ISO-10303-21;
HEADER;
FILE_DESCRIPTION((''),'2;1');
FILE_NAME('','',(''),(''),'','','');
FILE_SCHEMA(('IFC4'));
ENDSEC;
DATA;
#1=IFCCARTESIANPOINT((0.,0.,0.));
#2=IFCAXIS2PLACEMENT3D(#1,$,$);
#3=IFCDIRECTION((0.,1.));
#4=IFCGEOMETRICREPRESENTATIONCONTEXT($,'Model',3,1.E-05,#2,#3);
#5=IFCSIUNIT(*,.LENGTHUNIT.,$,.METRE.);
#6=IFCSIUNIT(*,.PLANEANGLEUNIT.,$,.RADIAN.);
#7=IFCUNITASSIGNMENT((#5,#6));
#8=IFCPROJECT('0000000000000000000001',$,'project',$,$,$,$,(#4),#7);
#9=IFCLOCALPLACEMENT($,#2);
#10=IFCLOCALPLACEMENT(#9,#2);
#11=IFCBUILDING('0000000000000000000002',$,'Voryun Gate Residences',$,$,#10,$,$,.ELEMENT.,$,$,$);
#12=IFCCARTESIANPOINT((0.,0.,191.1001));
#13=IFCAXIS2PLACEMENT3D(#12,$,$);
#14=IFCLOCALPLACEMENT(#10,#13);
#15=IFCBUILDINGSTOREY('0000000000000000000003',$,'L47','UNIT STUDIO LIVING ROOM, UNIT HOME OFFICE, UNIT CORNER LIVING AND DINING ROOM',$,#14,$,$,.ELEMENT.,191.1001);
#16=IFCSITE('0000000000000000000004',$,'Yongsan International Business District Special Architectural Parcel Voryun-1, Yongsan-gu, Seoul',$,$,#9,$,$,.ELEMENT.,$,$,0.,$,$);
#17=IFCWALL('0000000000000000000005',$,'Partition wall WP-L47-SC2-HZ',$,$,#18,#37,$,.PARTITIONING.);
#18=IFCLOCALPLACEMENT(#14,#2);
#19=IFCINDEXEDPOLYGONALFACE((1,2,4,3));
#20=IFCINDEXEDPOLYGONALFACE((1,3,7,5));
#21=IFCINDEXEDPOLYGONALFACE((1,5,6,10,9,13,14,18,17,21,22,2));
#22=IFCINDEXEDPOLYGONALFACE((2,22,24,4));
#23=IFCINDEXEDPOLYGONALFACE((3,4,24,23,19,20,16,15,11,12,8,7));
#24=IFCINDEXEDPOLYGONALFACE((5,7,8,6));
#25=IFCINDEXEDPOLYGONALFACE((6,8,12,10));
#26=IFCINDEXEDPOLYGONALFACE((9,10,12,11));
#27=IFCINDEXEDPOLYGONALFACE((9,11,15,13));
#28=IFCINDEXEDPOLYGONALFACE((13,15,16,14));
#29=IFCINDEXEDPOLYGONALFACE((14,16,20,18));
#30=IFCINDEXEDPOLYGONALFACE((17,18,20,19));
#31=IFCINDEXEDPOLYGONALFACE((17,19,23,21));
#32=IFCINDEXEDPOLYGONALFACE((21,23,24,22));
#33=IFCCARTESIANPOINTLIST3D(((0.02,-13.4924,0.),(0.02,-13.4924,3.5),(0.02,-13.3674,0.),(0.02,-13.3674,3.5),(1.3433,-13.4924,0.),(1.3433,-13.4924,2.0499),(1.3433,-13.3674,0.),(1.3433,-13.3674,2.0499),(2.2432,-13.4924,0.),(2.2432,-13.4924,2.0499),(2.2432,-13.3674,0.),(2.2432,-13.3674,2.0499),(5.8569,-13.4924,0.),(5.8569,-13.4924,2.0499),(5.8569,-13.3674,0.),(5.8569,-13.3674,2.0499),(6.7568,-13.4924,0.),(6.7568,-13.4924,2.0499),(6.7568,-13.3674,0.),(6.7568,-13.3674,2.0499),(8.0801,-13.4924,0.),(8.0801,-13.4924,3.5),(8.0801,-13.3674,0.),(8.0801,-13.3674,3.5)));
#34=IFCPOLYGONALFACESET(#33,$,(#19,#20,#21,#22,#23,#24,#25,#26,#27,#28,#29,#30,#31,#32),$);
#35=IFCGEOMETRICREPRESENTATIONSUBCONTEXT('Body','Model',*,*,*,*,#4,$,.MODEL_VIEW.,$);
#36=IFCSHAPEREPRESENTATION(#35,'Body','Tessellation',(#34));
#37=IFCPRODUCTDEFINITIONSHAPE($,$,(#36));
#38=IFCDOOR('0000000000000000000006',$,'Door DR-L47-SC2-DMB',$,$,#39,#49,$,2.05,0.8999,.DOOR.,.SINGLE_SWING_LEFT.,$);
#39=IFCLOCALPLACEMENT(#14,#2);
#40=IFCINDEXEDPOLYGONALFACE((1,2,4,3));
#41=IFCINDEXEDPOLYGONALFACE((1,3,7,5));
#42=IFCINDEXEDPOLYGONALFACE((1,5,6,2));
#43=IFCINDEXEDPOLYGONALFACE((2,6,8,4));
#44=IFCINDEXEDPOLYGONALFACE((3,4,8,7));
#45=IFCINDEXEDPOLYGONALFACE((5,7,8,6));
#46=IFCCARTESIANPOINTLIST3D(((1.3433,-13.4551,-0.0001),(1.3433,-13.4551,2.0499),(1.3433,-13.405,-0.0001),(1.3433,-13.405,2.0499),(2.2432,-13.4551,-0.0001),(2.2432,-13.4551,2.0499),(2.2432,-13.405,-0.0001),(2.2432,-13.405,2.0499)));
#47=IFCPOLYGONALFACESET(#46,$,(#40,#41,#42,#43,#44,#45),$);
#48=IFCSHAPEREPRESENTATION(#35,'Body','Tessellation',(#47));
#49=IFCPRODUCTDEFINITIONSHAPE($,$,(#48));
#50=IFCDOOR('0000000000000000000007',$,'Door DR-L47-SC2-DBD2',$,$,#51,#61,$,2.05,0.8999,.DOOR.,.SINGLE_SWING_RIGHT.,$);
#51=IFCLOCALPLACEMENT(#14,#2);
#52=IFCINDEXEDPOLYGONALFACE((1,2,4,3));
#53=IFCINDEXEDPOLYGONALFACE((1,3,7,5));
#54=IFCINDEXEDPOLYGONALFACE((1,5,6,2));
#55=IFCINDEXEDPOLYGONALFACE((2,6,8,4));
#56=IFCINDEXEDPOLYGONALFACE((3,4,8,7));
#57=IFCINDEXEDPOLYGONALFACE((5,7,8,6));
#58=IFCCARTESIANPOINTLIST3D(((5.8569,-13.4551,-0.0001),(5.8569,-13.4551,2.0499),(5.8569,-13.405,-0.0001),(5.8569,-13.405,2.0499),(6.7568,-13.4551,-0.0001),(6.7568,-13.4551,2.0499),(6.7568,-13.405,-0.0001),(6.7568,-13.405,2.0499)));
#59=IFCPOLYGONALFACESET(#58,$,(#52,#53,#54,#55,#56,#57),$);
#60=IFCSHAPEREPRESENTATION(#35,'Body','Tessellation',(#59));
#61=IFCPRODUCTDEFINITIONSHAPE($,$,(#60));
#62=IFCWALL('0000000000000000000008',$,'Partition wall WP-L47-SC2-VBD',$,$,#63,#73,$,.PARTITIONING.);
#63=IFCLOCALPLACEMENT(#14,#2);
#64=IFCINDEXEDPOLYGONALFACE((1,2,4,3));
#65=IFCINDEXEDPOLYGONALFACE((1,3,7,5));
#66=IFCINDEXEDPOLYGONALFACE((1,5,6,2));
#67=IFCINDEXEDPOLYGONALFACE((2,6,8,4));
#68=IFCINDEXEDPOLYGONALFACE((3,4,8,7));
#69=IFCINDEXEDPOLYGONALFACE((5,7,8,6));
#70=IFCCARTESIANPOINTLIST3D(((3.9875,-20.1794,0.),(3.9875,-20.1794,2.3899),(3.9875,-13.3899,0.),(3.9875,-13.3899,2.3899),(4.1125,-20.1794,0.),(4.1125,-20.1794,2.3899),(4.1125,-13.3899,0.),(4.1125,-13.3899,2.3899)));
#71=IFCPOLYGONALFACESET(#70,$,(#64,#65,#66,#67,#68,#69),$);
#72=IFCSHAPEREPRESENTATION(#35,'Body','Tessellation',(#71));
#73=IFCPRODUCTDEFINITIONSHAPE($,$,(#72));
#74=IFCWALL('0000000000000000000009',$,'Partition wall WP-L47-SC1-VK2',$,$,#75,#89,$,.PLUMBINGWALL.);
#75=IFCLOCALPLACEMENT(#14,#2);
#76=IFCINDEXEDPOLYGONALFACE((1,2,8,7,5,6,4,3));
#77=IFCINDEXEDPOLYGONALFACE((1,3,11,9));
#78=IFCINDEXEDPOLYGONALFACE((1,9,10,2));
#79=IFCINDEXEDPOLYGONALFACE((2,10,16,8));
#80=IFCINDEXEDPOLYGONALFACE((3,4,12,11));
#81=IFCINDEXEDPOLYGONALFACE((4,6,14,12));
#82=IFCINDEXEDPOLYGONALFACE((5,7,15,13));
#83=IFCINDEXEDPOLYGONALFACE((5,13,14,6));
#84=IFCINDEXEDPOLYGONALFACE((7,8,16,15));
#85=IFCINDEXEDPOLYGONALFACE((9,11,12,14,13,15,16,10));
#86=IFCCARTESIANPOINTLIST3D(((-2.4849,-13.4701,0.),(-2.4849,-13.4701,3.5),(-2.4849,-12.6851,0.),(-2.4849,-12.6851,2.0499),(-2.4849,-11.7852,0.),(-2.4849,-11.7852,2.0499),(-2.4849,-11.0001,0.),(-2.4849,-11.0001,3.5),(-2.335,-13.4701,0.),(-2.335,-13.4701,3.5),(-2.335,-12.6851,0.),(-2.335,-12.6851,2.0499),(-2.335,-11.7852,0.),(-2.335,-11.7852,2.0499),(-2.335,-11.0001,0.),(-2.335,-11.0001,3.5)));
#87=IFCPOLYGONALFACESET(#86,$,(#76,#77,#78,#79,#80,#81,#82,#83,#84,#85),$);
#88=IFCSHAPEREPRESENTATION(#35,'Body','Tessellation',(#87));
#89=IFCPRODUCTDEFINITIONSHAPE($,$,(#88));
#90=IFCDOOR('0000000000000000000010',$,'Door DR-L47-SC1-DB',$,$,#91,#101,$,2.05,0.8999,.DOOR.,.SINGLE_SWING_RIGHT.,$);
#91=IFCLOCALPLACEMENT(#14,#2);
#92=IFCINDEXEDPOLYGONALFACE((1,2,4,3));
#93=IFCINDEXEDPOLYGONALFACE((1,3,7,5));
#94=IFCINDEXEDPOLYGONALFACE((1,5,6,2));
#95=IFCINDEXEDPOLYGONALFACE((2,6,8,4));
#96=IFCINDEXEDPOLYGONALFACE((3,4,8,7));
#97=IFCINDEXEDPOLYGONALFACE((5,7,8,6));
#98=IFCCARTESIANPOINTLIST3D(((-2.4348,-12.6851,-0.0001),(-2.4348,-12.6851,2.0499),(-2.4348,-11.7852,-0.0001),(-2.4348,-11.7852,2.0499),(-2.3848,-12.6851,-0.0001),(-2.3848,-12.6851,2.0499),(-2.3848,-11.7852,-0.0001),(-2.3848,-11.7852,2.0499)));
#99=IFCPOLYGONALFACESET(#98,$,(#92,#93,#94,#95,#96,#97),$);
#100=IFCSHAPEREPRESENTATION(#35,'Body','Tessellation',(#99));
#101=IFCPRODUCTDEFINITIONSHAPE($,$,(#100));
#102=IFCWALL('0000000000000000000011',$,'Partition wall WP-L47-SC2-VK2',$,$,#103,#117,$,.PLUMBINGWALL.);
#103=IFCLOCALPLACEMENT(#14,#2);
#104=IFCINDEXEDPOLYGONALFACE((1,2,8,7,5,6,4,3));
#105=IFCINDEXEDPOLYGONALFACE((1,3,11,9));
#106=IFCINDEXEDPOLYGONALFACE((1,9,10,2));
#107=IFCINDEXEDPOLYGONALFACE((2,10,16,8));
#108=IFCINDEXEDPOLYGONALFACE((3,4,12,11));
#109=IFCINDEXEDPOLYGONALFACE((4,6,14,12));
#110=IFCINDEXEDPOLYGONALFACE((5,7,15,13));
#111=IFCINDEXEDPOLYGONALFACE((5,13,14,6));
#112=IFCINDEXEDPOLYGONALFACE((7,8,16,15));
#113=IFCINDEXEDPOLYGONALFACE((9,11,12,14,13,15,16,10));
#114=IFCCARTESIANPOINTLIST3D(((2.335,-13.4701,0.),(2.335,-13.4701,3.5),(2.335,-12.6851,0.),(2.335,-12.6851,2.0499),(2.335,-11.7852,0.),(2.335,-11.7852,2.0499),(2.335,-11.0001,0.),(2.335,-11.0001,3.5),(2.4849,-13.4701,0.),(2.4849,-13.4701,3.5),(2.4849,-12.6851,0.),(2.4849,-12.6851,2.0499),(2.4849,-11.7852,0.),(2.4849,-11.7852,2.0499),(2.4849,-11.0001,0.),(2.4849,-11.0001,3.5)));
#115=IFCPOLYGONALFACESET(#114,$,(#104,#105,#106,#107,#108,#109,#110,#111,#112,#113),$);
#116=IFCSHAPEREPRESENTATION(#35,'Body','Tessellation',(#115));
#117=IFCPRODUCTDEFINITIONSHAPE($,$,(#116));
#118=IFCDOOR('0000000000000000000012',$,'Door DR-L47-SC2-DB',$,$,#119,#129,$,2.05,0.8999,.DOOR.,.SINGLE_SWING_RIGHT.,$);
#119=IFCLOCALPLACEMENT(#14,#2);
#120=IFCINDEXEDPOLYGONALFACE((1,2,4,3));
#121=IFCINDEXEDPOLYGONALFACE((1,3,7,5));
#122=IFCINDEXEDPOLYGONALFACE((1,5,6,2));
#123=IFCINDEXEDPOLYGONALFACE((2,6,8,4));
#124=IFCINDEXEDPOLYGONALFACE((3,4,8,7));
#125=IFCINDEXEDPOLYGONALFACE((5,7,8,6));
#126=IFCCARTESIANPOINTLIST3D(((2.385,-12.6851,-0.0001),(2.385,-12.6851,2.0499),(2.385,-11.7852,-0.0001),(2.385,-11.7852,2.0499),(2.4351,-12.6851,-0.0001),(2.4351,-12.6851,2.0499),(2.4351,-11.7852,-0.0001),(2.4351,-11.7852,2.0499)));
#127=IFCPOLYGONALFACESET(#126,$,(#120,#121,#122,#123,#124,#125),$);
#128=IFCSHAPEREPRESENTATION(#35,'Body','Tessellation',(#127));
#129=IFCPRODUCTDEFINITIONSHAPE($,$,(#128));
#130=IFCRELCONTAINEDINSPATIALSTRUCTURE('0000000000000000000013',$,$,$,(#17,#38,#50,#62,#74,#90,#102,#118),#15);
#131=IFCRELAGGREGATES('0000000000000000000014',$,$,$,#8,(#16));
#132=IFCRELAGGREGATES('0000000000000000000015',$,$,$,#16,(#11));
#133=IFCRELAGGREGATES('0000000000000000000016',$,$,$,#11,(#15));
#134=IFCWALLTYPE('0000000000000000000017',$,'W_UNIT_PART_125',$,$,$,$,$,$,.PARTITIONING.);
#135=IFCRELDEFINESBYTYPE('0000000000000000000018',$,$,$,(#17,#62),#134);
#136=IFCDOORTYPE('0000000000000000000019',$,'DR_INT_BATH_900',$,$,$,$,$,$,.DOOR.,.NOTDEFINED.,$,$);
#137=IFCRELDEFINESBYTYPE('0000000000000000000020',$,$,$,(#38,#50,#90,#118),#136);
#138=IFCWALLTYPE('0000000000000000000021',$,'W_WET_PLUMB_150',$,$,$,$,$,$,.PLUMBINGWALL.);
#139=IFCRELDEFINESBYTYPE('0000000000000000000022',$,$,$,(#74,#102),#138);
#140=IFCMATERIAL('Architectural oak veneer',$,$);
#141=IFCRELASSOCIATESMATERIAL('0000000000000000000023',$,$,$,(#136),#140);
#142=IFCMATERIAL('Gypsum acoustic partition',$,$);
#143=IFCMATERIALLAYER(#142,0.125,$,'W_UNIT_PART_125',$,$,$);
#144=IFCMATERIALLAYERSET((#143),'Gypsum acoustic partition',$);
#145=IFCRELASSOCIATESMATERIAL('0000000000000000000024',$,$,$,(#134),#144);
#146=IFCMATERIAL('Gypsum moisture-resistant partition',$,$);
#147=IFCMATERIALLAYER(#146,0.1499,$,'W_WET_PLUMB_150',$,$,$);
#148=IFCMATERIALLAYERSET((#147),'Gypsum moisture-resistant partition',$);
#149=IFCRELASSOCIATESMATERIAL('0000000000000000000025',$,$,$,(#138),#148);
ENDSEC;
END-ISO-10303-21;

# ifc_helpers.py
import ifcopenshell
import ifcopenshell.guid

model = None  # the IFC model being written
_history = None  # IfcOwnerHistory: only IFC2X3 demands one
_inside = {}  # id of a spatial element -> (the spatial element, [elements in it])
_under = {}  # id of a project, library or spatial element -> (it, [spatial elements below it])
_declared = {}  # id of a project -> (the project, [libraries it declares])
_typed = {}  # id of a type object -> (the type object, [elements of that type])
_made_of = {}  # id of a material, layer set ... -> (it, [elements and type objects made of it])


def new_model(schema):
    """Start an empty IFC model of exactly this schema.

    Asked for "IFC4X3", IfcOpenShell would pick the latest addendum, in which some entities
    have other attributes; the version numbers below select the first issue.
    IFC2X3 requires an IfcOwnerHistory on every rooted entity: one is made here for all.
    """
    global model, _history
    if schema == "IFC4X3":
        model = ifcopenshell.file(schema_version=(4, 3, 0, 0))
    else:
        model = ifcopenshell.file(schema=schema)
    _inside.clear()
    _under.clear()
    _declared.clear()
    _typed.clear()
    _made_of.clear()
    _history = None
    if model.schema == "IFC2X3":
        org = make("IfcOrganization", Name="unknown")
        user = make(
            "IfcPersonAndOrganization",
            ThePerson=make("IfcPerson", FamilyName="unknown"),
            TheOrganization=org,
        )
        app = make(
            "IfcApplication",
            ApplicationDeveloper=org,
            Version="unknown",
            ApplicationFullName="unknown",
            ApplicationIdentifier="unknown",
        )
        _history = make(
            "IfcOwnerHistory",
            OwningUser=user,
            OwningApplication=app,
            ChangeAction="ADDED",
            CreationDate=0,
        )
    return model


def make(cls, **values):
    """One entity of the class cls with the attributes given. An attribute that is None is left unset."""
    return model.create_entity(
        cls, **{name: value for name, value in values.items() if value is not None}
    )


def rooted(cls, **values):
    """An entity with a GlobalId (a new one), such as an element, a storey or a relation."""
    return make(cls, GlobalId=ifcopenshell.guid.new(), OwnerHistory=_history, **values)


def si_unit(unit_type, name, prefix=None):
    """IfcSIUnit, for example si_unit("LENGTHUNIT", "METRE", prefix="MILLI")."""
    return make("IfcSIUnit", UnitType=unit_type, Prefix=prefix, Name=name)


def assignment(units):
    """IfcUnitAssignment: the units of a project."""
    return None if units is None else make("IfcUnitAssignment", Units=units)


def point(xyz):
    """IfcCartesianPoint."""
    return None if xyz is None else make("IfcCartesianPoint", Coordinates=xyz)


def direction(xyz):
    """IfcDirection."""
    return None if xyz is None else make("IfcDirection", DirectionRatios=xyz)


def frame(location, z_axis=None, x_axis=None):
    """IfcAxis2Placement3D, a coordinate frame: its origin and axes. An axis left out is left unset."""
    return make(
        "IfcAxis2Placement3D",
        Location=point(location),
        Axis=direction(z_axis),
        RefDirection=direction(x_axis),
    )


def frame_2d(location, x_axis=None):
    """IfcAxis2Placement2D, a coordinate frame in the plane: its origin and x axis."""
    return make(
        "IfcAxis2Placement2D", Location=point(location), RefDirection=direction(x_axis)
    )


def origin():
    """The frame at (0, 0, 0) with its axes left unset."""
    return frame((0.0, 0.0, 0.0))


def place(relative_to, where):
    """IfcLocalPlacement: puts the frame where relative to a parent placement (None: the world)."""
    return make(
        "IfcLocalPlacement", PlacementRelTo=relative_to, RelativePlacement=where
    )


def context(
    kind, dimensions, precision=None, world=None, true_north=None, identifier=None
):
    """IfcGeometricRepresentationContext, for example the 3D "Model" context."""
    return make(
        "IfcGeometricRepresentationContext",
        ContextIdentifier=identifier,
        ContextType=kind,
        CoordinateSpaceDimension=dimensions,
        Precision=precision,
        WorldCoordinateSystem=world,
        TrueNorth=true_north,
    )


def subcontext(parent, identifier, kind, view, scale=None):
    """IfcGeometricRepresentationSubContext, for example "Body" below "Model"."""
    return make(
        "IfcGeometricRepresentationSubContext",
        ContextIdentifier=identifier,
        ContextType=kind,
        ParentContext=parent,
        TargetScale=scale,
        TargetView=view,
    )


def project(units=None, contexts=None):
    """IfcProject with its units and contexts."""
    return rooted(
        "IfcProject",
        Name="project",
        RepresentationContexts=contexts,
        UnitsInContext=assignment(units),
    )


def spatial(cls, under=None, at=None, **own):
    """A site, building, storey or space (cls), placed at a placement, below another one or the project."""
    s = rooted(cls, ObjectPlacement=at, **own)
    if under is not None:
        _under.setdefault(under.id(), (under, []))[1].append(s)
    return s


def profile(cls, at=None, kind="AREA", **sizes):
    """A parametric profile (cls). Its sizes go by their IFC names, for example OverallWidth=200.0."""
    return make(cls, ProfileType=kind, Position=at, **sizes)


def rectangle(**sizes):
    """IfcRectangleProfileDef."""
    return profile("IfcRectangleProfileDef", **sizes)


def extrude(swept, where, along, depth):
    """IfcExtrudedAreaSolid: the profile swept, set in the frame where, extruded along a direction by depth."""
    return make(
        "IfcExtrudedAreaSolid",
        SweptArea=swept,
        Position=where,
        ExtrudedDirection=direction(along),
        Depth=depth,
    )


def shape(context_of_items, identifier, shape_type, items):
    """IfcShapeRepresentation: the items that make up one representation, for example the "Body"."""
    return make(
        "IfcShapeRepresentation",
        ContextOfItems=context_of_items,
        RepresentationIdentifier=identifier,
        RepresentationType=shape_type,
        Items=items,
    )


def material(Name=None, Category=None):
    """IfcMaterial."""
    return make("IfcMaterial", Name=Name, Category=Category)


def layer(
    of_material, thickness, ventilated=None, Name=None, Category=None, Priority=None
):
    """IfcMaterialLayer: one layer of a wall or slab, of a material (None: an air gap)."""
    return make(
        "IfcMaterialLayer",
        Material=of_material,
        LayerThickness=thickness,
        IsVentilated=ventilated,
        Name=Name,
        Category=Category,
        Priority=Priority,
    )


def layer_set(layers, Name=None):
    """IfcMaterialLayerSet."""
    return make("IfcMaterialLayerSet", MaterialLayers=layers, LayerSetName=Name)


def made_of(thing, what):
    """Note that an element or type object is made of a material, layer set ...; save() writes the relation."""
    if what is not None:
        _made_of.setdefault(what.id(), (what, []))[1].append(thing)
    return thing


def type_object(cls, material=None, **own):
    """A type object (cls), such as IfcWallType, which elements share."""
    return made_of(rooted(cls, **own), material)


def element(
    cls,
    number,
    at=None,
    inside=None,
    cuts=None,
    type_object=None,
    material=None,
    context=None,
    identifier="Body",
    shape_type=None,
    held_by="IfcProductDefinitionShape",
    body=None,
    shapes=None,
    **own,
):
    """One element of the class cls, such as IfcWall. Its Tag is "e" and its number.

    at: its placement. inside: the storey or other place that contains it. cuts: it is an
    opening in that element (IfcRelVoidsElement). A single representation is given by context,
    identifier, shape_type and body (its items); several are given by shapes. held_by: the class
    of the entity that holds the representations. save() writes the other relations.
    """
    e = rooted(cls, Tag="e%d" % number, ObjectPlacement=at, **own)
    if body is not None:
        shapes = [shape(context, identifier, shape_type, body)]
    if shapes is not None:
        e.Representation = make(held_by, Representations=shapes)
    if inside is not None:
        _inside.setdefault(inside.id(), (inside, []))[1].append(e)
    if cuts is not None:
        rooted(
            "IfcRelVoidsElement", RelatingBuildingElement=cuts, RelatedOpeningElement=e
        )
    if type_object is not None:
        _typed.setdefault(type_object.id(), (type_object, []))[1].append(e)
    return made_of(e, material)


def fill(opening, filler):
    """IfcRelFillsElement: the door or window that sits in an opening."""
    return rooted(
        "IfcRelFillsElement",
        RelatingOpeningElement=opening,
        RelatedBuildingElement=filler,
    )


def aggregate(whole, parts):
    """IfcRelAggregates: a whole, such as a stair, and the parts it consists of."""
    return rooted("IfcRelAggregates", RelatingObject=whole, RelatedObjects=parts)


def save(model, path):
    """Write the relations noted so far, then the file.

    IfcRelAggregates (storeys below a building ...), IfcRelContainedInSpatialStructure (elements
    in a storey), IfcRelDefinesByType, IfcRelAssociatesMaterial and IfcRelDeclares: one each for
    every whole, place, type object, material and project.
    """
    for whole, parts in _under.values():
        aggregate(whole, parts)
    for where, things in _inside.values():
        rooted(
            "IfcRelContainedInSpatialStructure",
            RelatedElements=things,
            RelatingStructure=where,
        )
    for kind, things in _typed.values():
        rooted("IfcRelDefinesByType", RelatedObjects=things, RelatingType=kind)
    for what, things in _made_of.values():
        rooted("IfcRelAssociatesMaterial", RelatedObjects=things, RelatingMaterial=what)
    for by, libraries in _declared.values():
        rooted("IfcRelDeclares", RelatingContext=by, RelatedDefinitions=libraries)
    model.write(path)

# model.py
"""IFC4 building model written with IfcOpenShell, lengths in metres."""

from ifc_helpers import new_model, si_unit, direction, frame, frame_2d, origin, place, context, subcontext, project, spatial, rectangle, extrude, material, layer, layer_set, type_object, element, fill, save


model = new_model("IFC4")

# Units and contexts
model_context = context("Model", 3, precision=1e-05, world=origin(), true_north=direction((0.0, 1.0)))
body_context = subcontext(model_context, "Body", "Model", "MODEL_VIEW")
ifc_project = project(units=[si_unit("LENGTHUNIT", "METRE"), si_unit("PLANEANGLEUNIT", "RADIAN")], contexts=[model_context])

# Site, building, storey
site_placement = place(None, origin())
site = spatial("IfcSite", under=ifc_project, at=site_placement, Name="Yongsan International Business District Special Architectural Parcel Voryun-1, Yongsan-gu, Seoul", CompositionType="ELEMENT", RefElevation=0.0)
building_placement = place(site_placement, origin())
building = spatial("IfcBuilding", under=site, at=building_placement, Name="Voryun Gate Residences", CompositionType="ELEMENT")
storey_placement = place(building_placement, frame((0.0, 0.0, 191.1001)))
storey = spatial("IfcBuildingStorey", under=building, at=storey_placement, Name="L47", Description="UNIT STUDIO LIVING ROOM, UNIT HOME OFFICE, UNIT CORNER LIVING AND DINING ROOM", CompositionType="ELEMENT", Elevation=191.1001)

# Shared definitions
ifc_material_1 = material(Name="Architectural oak veneer")
door_type = type_object("IfcDoorType", Name="DR_INT_BATH_900", OperationType="NOTDEFINED", PredefinedType="DOOR", material=ifc_material_1)

# Shared definitions
ifc_material_2 = material(Name="Gypsum acoustic partition")
ifc_layer_1 = layer(ifc_material_2, 0.125, Name="W_UNIT_PART_125")
ifc_layer_set_1 = layer_set([ifc_layer_1], Name="Gypsum acoustic partition")
wall_type_1 = type_object("IfcWallType", Name="W_UNIT_PART_125", PredefinedType="PARTITIONING", material=ifc_layer_set_1)

# Wall, openings, doors
wall_1_placement = place(storey_placement, frame((0.02, -13.4299, 0.0), z_axis=(0.0, 0.0, 1.0), x_axis=(1.0, 0.0, 0.0)))
wall_1 = element("IfcWall", 1, at=wall_1_placement, inside=storey, type_object=wall_type_1, Name="Partition wall WP-L47-SC2-HZ", PredefinedType="PARTITIONING", context=body_context, shape_type="SweptSolid", body=[
    extrude(rectangle(XDim=8.0601, YDim=0.125, at=frame_2d((4.03, 0.0))), origin(), (0.0, 0.0, 1.0), 3.5),
])
opening_1_placement = place(wall_1_placement, frame((1.3232, 0.0, 0.0)))
opening_1 = element("IfcOpeningElement", 2, at=opening_1_placement, cuts=wall_1, PredefinedType="OPENING", context=body_context, shape_type="SweptSolid", body=[
    extrude(rectangle(XDim=0.8999, YDim=2.05, at=frame_2d((0.45, 1.0249))), frame((0.0, 0.0725, 0.0), z_axis=(0.0, -1.0, 0.0), x_axis=(1.0, 0.0, 0.0)), (0.0, 0.0, 1.0), 0.145),
])
opening_2_placement = place(wall_1_placement, frame((5.8369, 0.0, 0.0)))
opening_2 = element("IfcOpeningElement", 3, at=opening_2_placement, cuts=wall_1, PredefinedType="OPENING", context=body_context, shape_type="SweptSolid", body=[
    extrude(rectangle(XDim=0.8999, YDim=2.05, at=frame_2d((0.45, 1.0249))), frame((0.0, 0.0725, 0.0), z_axis=(0.0, -1.0, 0.0), x_axis=(1.0, 0.0, 0.0)), (0.0, 0.0, 1.0), 0.145),
])
door_1_placement = place(opening_1_placement, origin())
door_1 = element("IfcDoor", 4, at=door_1_placement, inside=storey, type_object=door_type, Name="Door DR-L47-SC2-DMB", OperationType="SINGLE_SWING_LEFT", OverallHeight=2.05, OverallWidth=0.8999, PredefinedType="DOOR", context=body_context, shape_type="SweptSolid", body=[
    extrude(rectangle(XDim=0.8999, YDim=2.05, at=frame_2d((0.45, 1.0249))), frame((0.0, 0.0249, 0.0), z_axis=(0.0, -1.0, 0.0), x_axis=(1.0, 0.0, 0.0)), (0.0, 0.0, 1.0), 0.05),
])
fill(opening_1, door_1)
door_2_placement = place(opening_2_placement, origin())
door_2 = element("IfcDoor", 5, at=door_2_placement, inside=storey, type_object=door_type, Name="Door DR-L47-SC2-DBD2", OperationType="SINGLE_SWING_RIGHT", OverallHeight=2.05, OverallWidth=0.8999, PredefinedType="DOOR", context=body_context, shape_type="SweptSolid", body=[
    extrude(rectangle(XDim=0.8999, YDim=2.05, at=frame_2d((0.45, 1.0249))), frame((0.0, 0.0249, 0.0), z_axis=(0.0, -1.0, 0.0), x_axis=(1.0, 0.0, 0.0)), (0.0, 0.0, 1.0), 0.05),
])
fill(opening_2, door_2)

# Wall
wall_2_placement = place(storey_placement, frame((4.05, -20.1794, 0.0), z_axis=(0.0, 0.0, 1.0), x_axis=(0.0, 1.0, 0.0)))
element("IfcWall", 6, at=wall_2_placement, inside=storey, type_object=wall_type_1, Name="Partition wall WP-L47-SC2-VBD", PredefinedType="PARTITIONING", context=body_context, shape_type="SweptSolid", body=[
    extrude(rectangle(XDim=6.7896, YDim=0.125, at=frame_2d((3.3948, 0.0))), origin(), (0.0, 0.0, 1.0), 2.3899),
])

# Walls, openings, doors
ifc_material_3 = material(Name="Gypsum moisture-resistant partition")
ifc_layer_2 = layer(ifc_material_3, 0.1499, Name="W_WET_PLUMB_150")
ifc_layer_set_2 = layer_set([ifc_layer_2], Name="Gypsum moisture-resistant partition")
wall_type_2 = type_object("IfcWallType", Name="W_WET_PLUMB_150", PredefinedType="PLUMBINGWALL", material=ifc_layer_set_2)
wall_3_placement = place(storey_placement, frame((-2.4099, -13.47, 0.0), z_axis=(0.0, 0.0, 1.0), x_axis=(0.0, 1.0, 0.0)))
wall_3 = element("IfcWall", 7, at=wall_3_placement, inside=storey, type_object=wall_type_2, Name="Partition wall WP-L47-SC1-VK2", PredefinedType="PLUMBINGWALL", context=body_context, shape_type="SweptSolid", body=[
    extrude(rectangle(XDim=2.47, YDim=0.1499, at=frame_2d((1.2349, 0.0))), origin(), (0.0, 0.0, 1.0), 3.5),
])
opening_3_placement = place(wall_3_placement, frame((0.7849, 0.0, 0.0)))
opening_3 = element("IfcOpeningElement", 8, at=opening_3_placement, cuts=wall_3, PredefinedType="OPENING", context=body_context, shape_type="SweptSolid", body=[
    extrude(rectangle(XDim=0.8999, YDim=2.05, at=frame_2d((0.45, 1.0249))), frame((0.0, 0.085, 0.0), z_axis=(0.0, -1.0, 0.0), x_axis=(1.0, 0.0, 0.0)), (0.0, 0.0, 1.0), 0.1699),
])
door_3_placement = place(opening_3_placement, origin())
door_3 = element("IfcDoor", 9, at=door_3_placement, inside=storey, type_object=door_type, Name="Door DR-L47-SC1-DB", OperationType="SINGLE_SWING_RIGHT", OverallHeight=2.05, OverallWidth=0.8999, PredefinedType="DOOR", context=body_context, shape_type="SweptSolid", body=[
    extrude(rectangle(XDim=0.8999, YDim=2.05, at=frame_2d((0.45, 1.0249))), frame((0.0, 0.0249, 0.0), z_axis=(0.0, -1.0, 0.0), x_axis=(1.0, 0.0, 0.0)), (0.0, 0.0, 1.0), 0.05),
])
fill(opening_3, door_3)
wall_4_placement = place(storey_placement, frame((2.4099, -13.47, 0.0), z_axis=(0.0, 0.0, 1.0), x_axis=(0.0, 1.0, 0.0)))
wall_4 = element("IfcWall", 10, at=wall_4_placement, inside=storey, type_object=wall_type_2, Name="Partition wall WP-L47-SC2-VK2", PredefinedType="PLUMBINGWALL", context=body_context, shape_type="SweptSolid", body=[
    extrude(rectangle(XDim=2.47, YDim=0.1499, at=frame_2d((1.2349, 0.0))), origin(), (0.0, 0.0, 1.0), 3.5),
])
opening_4_placement = place(wall_4_placement, frame((0.7849, 0.0, 0.0)))
opening_4 = element("IfcOpeningElement", 11, at=opening_4_placement, cuts=wall_4, PredefinedType="OPENING", context=body_context, shape_type="SweptSolid", body=[
    extrude(rectangle(XDim=0.8999, YDim=2.05, at=frame_2d((0.45, 1.0249))), frame((0.0, 0.085, 0.0), z_axis=(0.0, -1.0, 0.0), x_axis=(1.0, 0.0, 0.0)), (0.0, 0.0, 1.0), 0.1699),
])
door_4_placement = place(opening_4_placement, origin())
door_4 = element("IfcDoor", 12, at=door_4_placement, inside=storey, type_object=door_type, Name="Door DR-L47-SC2-DB", OperationType="SINGLE_SWING_RIGHT", OverallHeight=2.05, OverallWidth=0.8999, PredefinedType="DOOR", context=body_context, shape_type="SweptSolid", body=[
    extrude(rectangle(XDim=0.8999, YDim=2.05, at=frame_2d((0.45, 1.0249))), frame((0.0, 0.0249, 0.0), z_axis=(0.0, -1.0, 0.0), x_axis=(1.0, 0.0, 0.0)), (0.0, 0.0, 1.0), 0.05),
])
fill(opening_4, door_4)

save(model, "model.ifc")
